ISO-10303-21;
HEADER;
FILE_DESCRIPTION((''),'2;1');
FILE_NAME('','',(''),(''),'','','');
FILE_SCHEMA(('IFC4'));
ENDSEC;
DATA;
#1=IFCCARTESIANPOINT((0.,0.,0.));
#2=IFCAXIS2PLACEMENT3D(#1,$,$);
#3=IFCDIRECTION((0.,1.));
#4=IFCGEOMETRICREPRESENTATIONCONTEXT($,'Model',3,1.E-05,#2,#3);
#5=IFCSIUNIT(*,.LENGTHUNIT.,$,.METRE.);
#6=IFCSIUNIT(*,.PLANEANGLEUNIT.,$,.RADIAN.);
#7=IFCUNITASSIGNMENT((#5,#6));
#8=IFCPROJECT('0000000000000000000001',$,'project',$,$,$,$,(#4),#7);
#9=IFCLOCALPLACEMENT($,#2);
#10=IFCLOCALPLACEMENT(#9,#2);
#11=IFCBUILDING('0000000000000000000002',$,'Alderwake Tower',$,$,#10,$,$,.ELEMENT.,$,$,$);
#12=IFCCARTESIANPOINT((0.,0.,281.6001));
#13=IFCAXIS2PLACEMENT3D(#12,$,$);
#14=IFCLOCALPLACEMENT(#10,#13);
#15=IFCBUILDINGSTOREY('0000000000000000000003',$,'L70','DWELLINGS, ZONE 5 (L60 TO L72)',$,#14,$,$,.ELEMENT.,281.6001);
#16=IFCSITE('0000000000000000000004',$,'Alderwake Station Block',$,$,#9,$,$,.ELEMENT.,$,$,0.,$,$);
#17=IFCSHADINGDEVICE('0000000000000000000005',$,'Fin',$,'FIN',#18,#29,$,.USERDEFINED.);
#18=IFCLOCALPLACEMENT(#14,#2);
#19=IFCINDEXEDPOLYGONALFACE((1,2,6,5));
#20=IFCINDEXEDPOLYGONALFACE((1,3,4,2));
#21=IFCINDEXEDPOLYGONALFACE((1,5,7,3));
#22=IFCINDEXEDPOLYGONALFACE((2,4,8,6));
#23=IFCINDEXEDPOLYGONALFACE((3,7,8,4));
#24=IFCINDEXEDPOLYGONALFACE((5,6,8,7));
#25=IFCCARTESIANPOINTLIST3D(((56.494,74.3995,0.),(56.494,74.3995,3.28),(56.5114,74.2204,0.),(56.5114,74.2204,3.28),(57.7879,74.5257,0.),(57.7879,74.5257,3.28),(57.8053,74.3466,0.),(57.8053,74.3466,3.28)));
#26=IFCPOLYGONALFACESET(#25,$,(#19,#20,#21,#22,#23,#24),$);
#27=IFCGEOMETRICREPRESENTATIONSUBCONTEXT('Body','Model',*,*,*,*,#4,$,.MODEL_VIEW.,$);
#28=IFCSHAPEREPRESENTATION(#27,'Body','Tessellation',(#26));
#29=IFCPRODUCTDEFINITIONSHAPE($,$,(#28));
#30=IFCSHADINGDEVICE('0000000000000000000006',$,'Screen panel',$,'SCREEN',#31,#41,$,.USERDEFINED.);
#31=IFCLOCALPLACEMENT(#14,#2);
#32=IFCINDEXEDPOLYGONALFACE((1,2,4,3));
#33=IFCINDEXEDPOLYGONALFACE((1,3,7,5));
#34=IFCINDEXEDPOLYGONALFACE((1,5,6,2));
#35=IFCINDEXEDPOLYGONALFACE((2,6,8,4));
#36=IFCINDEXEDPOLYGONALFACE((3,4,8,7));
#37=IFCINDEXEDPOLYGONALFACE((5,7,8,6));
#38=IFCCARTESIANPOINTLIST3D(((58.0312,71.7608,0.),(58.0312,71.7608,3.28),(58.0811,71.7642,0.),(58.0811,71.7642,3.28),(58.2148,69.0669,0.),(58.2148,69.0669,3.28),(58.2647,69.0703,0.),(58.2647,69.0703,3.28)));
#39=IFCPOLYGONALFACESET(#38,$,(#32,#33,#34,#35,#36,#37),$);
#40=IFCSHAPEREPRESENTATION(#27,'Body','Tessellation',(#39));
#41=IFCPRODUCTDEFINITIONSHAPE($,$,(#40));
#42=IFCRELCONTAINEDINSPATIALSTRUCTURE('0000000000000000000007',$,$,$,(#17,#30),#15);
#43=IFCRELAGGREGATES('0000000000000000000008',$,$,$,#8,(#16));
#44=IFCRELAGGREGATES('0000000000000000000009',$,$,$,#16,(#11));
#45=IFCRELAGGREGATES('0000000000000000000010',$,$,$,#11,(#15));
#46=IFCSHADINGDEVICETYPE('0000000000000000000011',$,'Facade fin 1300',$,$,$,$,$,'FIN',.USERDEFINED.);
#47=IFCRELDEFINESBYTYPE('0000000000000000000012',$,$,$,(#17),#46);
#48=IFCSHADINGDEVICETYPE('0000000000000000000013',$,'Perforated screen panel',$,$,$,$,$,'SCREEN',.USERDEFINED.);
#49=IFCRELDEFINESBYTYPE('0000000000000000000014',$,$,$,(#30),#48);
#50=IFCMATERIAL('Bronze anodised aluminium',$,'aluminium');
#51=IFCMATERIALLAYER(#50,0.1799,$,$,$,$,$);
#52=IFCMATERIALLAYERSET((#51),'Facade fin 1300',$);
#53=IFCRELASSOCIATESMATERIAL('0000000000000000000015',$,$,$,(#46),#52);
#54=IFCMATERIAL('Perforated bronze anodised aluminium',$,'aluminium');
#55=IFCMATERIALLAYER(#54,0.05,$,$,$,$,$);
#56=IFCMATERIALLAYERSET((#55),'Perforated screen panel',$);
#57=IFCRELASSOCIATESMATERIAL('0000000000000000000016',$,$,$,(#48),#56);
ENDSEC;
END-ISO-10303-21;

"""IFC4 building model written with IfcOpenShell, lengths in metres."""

from ifc_helpers import new_model, si_unit, direction, frame, origin, origin_2d, place, context, subcontext, project, spatial, rectangle, extrude, material, layer, layer_set, type_object, element, save


model = new_model("IFC4")

# Units and contexts
model_context = context("Model", 3, precision=1e-05, world=origin(), true_north=direction((0.0, 1.0)))
body_context = subcontext(model_context, "Body", "Model", "MODEL_VIEW")
ifc_project = project(units=[si_unit("LENGTHUNIT", "METRE"), si_unit("PLANEANGLEUNIT", "RADIAN")], contexts=[model_context])

# Site, building, storey
site_placement = place(None, origin())
site = spatial("IfcSite", under=ifc_project, at=site_placement, Name="Alderwake Station Block", CompositionType="ELEMENT", RefElevation=0.0)
building_placement = place(site_placement, origin())
building = spatial("IfcBuilding", under=site, at=building_placement, Name="Alderwake Tower", CompositionType="ELEMENT")
storey_placement = place(building_placement, frame((0.0, 0.0, 281.6001)))
storey = spatial("IfcBuildingStorey", under=building, at=storey_placement, Name="L70", Description="DWELLINGS, ZONE 5 (L60 TO L72)", CompositionType="ELEMENT", Elevation=281.6001)

# Shading devices
ifc_material_1 = material(Name="Bronze anodised aluminium", Category="aluminium")
ifc_layer_1 = layer(ifc_material_1, 0.1799)
ifc_layer_set_1 = layer_set([ifc_layer_1], Name="Facade fin 1300")
shading_device_type_1 = type_object("IfcShadingDeviceType", Name="Facade fin 1300", ElementType="FIN", PredefinedType="USERDEFINED", material=ifc_layer_set_1)
for number, where, z_axis, x_axis, name in (
    (1, (57.1497, 74.373, 0.0), (0.0, 0.0, 1.0), (0.99528, 0.097046, 0.0), "Fin"),
):
    element("IfcShadingDevice", number, at=place(storey_placement, frame(where, z_axis=z_axis, x_axis=x_axis)), inside=storey, type_object=shading_device_type_1, Name=name, ObjectType="FIN", PredefinedType="USERDEFINED", context=body_context, shape_type="SweptSolid", body=[
        extrude(rectangle(XDim=1.3, YDim=0.1799, at=origin_2d()), origin(), (0.0, 0.0, 1.0), 3.28),
    ])
ifc_material_2 = material(Name="Perforated bronze anodised aluminium", Category="aluminium")
ifc_layer_2 = layer(ifc_material_2, 0.05)
ifc_layer_set_2 = layer_set([ifc_layer_2], Name="Perforated screen panel")
shading_device_type_2 = type_object("IfcShadingDeviceType", Name="Perforated screen panel", ElementType="SCREEN", PredefinedType="USERDEFINED", material=ifc_layer_set_2)
shading_device_placement = place(storey_placement, frame((58.1479, 70.4155, 0.0), z_axis=(0.0, 0.0, 1.0), x_axis=(0.997685, 0.067998, 0.0)))
element("IfcShadingDevice", 2, at=shading_device_placement, inside=storey, type_object=shading_device_type_2, Name="Screen panel", ObjectType="SCREEN", PredefinedType="USERDEFINED", context=body_context, shape_type="SweptSolid", body=[
    extrude(rectangle(XDim=0.05, YDim=2.7002, at=origin_2d()), origin(), (0.0, 0.0, 1.0), 3.28),
])

save(model, "model.ifc")
